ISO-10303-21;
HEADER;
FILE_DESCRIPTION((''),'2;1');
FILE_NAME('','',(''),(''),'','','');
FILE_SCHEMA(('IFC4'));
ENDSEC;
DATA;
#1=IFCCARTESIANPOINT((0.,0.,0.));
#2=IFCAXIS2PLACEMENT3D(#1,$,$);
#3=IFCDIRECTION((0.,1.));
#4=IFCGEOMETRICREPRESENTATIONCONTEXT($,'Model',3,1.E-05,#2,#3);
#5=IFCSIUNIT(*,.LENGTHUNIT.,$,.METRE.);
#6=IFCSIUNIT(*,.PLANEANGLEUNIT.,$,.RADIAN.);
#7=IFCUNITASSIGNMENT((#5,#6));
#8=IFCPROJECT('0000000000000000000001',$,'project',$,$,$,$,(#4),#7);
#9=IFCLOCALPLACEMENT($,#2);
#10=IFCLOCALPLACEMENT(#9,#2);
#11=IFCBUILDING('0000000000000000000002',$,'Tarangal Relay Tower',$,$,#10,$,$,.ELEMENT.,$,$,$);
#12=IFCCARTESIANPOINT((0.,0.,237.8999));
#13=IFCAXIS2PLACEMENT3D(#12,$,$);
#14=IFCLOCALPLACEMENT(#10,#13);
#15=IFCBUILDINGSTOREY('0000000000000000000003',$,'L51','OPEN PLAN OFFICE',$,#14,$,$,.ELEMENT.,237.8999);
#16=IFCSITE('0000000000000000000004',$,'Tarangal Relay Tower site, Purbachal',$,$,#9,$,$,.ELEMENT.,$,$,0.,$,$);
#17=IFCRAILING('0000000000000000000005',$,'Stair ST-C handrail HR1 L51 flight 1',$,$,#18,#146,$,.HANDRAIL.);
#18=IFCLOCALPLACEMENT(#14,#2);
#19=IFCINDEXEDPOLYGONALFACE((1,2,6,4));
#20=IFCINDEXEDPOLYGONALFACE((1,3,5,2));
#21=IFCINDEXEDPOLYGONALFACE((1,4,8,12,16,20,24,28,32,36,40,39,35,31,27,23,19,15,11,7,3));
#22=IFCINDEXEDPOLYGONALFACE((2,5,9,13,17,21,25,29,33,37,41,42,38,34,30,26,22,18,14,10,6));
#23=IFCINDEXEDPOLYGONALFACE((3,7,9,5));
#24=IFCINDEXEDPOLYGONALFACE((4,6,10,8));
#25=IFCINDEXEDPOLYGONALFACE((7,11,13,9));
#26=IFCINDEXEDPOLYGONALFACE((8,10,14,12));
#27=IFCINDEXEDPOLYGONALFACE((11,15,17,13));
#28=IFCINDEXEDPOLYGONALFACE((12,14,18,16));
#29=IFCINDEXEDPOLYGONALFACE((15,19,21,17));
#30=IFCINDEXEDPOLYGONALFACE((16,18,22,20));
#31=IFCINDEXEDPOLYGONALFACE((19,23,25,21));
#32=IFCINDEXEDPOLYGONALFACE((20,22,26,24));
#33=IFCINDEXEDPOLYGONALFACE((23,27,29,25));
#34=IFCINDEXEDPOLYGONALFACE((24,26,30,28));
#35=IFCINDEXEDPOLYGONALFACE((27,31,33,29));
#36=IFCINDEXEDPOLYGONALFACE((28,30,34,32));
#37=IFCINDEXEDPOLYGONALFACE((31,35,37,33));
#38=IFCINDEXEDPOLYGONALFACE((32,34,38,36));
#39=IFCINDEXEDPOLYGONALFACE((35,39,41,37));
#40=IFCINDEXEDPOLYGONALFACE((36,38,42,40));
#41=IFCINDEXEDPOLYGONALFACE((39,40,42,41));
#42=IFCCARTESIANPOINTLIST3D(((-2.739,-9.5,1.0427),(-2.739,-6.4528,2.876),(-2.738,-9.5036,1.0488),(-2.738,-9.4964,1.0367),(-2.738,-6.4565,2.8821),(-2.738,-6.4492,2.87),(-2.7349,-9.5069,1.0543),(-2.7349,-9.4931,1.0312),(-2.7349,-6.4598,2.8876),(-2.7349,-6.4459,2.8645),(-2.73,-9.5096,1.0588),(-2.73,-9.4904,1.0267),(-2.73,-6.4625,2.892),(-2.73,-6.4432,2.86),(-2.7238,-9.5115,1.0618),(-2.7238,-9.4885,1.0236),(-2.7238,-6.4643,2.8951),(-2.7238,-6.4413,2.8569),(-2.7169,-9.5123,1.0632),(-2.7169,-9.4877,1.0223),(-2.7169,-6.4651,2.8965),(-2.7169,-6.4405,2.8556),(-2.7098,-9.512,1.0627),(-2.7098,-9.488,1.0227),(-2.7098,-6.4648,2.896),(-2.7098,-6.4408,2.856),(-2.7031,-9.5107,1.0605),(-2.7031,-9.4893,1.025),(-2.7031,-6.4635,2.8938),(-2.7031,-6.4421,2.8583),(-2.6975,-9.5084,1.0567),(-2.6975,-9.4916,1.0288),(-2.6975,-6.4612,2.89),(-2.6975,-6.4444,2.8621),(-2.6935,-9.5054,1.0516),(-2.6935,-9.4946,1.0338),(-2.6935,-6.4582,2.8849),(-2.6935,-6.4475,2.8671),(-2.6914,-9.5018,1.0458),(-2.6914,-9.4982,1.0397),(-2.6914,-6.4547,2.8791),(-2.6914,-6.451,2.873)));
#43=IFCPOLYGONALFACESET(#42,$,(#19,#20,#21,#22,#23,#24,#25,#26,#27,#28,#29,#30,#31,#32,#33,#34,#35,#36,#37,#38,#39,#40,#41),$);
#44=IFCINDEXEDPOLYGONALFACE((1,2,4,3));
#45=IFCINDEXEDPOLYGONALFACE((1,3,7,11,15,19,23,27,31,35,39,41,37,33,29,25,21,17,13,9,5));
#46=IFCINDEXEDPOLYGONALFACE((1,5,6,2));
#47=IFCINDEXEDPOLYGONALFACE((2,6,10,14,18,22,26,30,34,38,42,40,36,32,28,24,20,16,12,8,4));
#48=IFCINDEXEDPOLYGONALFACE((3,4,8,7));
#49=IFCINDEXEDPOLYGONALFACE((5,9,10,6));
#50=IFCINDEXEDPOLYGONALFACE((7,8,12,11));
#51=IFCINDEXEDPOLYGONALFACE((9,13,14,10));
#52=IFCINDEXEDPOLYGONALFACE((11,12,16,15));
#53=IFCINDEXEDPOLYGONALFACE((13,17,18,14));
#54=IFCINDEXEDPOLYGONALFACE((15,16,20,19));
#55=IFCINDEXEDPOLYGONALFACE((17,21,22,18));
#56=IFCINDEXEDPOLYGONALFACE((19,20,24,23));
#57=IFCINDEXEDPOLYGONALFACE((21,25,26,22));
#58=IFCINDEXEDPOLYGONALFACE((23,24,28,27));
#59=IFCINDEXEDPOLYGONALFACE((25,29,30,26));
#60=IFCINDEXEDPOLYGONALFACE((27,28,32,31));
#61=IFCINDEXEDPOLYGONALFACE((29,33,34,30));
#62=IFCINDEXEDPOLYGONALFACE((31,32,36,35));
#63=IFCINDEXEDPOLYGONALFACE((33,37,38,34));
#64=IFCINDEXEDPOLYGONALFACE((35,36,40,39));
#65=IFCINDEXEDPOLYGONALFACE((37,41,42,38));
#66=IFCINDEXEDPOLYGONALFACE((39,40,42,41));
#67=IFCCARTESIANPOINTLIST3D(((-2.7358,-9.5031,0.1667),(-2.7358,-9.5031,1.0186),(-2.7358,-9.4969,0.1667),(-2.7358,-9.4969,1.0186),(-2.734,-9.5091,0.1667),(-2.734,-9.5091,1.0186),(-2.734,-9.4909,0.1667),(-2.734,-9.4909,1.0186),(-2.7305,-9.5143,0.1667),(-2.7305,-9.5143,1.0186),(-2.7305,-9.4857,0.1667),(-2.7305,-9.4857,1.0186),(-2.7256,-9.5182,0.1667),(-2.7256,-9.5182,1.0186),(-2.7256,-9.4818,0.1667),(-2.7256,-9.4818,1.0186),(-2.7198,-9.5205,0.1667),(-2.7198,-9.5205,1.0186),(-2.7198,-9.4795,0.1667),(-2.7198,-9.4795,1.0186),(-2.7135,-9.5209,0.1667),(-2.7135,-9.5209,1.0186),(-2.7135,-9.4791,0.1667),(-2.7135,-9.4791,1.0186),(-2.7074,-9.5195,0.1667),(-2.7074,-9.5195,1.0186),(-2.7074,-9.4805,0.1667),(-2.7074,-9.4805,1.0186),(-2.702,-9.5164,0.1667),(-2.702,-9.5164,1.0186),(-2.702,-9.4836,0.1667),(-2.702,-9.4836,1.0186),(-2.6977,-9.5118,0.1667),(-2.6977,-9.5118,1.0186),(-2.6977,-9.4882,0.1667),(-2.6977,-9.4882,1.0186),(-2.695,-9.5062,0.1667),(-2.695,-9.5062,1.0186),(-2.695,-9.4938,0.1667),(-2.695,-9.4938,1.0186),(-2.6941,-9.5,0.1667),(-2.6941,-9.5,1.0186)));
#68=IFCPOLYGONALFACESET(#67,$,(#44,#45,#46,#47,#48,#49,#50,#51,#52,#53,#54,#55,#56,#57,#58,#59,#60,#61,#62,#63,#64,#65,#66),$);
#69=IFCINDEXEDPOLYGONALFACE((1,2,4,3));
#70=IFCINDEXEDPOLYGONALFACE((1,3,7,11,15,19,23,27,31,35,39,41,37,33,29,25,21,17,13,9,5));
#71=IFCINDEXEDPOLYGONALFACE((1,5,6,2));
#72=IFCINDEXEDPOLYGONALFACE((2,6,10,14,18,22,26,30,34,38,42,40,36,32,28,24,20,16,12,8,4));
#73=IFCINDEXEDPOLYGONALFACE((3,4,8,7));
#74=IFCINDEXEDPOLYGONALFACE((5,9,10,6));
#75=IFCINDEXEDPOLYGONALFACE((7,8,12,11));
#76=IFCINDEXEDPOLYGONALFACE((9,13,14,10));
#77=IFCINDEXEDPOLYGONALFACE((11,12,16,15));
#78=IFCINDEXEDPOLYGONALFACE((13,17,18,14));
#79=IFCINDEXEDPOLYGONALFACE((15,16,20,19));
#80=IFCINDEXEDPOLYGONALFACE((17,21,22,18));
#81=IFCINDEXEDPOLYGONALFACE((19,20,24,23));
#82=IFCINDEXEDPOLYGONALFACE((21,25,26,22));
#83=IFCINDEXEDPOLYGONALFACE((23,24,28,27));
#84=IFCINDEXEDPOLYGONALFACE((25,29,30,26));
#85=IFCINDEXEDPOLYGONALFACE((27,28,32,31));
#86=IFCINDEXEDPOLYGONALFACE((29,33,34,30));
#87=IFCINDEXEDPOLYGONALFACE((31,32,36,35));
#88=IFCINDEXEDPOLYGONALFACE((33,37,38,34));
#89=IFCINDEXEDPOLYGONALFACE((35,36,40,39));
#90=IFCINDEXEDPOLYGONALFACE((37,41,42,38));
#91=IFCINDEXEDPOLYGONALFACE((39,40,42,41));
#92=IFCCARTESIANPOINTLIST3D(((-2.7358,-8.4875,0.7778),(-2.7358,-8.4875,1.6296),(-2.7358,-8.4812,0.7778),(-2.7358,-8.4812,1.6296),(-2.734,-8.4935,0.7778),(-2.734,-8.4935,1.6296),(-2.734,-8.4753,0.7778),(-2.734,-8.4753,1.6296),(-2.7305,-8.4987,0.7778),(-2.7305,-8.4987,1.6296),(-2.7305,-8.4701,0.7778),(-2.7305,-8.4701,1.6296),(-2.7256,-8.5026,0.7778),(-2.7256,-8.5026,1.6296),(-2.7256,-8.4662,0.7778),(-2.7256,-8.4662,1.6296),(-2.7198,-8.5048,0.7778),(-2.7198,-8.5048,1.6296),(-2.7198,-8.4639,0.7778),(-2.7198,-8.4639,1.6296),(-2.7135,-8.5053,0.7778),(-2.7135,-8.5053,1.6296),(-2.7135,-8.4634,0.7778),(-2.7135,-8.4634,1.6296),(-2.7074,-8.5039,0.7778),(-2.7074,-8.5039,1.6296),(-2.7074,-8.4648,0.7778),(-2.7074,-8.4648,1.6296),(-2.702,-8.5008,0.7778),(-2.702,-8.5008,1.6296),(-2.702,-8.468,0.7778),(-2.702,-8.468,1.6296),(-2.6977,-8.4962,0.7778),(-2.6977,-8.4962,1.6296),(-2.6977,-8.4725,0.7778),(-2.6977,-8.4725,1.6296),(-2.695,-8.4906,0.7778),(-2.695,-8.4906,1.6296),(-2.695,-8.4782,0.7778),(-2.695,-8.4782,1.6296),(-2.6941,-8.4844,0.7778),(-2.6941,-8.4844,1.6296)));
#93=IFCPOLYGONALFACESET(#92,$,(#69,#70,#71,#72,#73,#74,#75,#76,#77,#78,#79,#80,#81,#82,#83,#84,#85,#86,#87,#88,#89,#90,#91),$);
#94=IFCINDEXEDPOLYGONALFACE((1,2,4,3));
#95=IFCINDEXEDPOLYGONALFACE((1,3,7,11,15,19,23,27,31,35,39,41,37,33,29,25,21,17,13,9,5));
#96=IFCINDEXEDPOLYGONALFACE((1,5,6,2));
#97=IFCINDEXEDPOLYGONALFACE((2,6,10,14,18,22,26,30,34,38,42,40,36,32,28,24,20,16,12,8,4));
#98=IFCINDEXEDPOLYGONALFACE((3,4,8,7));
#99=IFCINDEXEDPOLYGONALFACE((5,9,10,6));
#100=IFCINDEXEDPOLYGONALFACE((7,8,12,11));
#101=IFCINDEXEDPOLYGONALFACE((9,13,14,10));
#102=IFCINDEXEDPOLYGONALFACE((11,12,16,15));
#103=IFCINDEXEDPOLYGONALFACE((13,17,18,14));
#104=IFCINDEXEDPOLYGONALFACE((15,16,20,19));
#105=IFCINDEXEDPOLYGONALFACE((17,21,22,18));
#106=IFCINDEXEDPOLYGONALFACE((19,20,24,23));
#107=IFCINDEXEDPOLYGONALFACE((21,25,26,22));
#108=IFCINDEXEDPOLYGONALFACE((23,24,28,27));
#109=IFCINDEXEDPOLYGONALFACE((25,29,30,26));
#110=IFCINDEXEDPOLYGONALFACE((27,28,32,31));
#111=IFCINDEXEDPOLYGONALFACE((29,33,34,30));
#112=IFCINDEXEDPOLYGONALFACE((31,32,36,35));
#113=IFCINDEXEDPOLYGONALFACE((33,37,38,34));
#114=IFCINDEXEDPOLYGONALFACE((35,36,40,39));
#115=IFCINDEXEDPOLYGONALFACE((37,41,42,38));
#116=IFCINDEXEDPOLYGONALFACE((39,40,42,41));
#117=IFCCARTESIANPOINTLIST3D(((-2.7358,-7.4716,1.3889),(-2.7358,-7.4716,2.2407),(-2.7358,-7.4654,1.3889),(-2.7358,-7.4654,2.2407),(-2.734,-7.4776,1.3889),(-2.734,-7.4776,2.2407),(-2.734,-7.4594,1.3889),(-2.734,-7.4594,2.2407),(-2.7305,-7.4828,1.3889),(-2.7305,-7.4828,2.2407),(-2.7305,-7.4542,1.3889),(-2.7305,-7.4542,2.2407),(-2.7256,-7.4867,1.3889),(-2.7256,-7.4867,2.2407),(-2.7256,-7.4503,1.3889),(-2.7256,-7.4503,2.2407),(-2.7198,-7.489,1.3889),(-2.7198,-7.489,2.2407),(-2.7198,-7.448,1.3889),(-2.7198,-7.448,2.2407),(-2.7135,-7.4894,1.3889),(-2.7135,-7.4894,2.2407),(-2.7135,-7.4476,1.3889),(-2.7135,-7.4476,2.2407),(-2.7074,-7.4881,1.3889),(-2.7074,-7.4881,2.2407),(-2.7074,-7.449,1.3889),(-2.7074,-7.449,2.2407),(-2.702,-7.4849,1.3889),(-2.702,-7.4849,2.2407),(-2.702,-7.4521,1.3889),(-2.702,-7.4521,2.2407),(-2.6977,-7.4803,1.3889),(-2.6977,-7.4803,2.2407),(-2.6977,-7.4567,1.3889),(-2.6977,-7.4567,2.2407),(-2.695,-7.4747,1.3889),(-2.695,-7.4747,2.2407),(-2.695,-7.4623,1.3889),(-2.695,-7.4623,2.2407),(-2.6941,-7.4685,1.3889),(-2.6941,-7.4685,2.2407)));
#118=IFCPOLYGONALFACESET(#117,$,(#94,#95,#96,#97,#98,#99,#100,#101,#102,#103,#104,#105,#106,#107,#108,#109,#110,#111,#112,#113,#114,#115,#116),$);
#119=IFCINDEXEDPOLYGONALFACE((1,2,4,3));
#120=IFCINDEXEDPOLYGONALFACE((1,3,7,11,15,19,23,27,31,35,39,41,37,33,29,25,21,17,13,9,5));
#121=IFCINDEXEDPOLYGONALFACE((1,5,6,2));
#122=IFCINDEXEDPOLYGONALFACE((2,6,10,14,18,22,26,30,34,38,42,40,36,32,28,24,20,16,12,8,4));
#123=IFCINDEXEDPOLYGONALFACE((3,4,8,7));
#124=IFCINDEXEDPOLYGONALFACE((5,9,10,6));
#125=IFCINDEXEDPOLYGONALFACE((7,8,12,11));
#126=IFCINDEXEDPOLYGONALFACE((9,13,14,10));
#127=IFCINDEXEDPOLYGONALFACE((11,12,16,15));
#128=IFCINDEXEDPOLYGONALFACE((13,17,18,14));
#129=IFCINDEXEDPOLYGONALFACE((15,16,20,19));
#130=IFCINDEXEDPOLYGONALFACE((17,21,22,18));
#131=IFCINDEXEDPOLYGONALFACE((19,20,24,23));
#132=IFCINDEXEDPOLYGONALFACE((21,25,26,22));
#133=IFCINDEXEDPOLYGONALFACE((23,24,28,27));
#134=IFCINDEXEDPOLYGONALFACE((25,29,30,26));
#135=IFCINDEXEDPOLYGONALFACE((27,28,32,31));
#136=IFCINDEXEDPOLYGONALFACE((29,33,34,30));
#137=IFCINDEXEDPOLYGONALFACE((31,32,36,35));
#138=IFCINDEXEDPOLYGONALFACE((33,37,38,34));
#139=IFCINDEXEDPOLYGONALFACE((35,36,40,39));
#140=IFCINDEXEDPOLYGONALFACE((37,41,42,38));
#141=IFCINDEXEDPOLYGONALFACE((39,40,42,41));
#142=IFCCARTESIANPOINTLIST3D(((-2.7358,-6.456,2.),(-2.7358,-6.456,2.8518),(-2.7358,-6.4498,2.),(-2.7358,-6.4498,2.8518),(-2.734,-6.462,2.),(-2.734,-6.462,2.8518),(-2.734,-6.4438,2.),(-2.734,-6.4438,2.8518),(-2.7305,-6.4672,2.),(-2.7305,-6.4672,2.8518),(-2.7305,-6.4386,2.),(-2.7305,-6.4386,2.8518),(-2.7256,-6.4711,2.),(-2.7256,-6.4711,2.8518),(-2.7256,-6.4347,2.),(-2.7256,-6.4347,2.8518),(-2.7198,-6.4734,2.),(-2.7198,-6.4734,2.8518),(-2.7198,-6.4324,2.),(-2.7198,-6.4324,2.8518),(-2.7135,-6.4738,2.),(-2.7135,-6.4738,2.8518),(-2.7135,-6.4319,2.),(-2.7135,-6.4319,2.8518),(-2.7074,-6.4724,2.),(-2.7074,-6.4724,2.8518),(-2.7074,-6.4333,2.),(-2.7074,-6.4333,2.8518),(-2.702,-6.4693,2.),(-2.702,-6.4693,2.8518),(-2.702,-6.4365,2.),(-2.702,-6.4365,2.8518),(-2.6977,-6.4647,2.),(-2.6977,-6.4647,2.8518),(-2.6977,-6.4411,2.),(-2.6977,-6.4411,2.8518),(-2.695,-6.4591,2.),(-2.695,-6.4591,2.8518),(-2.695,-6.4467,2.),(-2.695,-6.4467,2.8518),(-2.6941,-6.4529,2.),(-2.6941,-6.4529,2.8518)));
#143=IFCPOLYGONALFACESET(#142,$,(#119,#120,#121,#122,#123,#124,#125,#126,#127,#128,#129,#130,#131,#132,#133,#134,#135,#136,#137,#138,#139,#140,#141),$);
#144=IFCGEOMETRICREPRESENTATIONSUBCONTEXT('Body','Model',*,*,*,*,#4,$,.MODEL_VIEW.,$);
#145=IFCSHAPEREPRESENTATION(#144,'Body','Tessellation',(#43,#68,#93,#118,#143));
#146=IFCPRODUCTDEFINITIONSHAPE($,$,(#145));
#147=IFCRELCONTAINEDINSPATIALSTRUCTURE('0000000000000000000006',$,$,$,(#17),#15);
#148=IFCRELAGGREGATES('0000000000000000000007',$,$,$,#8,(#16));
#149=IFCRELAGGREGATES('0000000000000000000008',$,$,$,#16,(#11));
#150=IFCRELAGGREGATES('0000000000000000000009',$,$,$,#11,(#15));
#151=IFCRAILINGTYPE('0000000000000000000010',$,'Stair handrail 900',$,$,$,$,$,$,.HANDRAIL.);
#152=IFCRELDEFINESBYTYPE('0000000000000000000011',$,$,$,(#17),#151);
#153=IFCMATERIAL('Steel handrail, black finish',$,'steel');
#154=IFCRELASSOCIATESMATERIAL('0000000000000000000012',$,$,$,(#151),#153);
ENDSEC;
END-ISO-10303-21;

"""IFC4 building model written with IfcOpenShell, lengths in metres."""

from ifc_helpers import new_model, si_unit, direction, frame, origin, origin_2d, place, context, subcontext, project, spatial, circle, extrude, material, type_object, element, save


model = new_model("IFC4")

# Units and contexts
model_context = context("Model", 3, precision=1e-05, world=origin(), true_north=direction((0.0, 1.0)))
body_context = subcontext(model_context, "Body", "Model", "MODEL_VIEW")
ifc_project = project(units=[si_unit("LENGTHUNIT", "METRE"), si_unit("PLANEANGLEUNIT", "RADIAN")], contexts=[model_context])

# Site, building, storey
site_placement = place(None, origin())
site = spatial("IfcSite", under=ifc_project, at=site_placement, Name="Tarangal Relay Tower site, Purbachal", CompositionType="ELEMENT", RefElevation=0.0)
building_placement = place(site_placement, origin())
building = spatial("IfcBuilding", under=site, at=building_placement, Name="Tarangal Relay Tower", CompositionType="ELEMENT")
storey_placement = place(building_placement, frame((0.0, 0.0, 237.8999)))
storey = spatial("IfcBuildingStorey", under=building, at=storey_placement, Name="L51", Description="OPEN PLAN OFFICE", CompositionType="ELEMENT", Elevation=237.8999)

# Railing
ifc_material_1 = material(Name="Steel handrail, black finish", Category="steel")
railing_type_1 = type_object("IfcRailingType", Name="Stair handrail 900", PredefinedType="HANDRAIL", material=ifc_material_1)
railing_1_placement = place(storey_placement, frame((-2.7151, -9.5, 0.1667)))
element("IfcRailing", 1, at=railing_1_placement, inside=storey, type_object=railing_type_1, Name="Stair ST-C handrail HR1 L51 flight 1", PredefinedType="HANDRAIL", context=body_context, shape_type="SweptSolid", body=[
    extrude(circle(Radius=0.0239, at=origin_2d()), frame((0.0, 0.0, 0.876), z_axis=(0.0, 0.856874, 0.515525), x_axis=(-1.0, 0.0, 0.0)), (0.0, 0.0, 1.0), 3.5562),
    extrude(circle(Radius=0.021, at=origin_2d()), origin(), (0.0, 0.0, 1.0), 0.8518),
    extrude(circle(Radius=0.021, at=origin_2d()), frame((0.0, 1.0156, 0.6111)), (0.0, 0.0, 1.0), 0.8518),
    extrude(circle(Radius=0.021, at=origin_2d()), frame((0.0, 2.0315, 1.2222)), (0.0, 0.0, 1.0), 0.8518),
    extrude(circle(Radius=0.021, at=origin_2d()), frame((0.0, 3.0471, 1.8333)), (0.0, 0.0, 1.0), 0.8518),
])

save(model, "model.ifc")
